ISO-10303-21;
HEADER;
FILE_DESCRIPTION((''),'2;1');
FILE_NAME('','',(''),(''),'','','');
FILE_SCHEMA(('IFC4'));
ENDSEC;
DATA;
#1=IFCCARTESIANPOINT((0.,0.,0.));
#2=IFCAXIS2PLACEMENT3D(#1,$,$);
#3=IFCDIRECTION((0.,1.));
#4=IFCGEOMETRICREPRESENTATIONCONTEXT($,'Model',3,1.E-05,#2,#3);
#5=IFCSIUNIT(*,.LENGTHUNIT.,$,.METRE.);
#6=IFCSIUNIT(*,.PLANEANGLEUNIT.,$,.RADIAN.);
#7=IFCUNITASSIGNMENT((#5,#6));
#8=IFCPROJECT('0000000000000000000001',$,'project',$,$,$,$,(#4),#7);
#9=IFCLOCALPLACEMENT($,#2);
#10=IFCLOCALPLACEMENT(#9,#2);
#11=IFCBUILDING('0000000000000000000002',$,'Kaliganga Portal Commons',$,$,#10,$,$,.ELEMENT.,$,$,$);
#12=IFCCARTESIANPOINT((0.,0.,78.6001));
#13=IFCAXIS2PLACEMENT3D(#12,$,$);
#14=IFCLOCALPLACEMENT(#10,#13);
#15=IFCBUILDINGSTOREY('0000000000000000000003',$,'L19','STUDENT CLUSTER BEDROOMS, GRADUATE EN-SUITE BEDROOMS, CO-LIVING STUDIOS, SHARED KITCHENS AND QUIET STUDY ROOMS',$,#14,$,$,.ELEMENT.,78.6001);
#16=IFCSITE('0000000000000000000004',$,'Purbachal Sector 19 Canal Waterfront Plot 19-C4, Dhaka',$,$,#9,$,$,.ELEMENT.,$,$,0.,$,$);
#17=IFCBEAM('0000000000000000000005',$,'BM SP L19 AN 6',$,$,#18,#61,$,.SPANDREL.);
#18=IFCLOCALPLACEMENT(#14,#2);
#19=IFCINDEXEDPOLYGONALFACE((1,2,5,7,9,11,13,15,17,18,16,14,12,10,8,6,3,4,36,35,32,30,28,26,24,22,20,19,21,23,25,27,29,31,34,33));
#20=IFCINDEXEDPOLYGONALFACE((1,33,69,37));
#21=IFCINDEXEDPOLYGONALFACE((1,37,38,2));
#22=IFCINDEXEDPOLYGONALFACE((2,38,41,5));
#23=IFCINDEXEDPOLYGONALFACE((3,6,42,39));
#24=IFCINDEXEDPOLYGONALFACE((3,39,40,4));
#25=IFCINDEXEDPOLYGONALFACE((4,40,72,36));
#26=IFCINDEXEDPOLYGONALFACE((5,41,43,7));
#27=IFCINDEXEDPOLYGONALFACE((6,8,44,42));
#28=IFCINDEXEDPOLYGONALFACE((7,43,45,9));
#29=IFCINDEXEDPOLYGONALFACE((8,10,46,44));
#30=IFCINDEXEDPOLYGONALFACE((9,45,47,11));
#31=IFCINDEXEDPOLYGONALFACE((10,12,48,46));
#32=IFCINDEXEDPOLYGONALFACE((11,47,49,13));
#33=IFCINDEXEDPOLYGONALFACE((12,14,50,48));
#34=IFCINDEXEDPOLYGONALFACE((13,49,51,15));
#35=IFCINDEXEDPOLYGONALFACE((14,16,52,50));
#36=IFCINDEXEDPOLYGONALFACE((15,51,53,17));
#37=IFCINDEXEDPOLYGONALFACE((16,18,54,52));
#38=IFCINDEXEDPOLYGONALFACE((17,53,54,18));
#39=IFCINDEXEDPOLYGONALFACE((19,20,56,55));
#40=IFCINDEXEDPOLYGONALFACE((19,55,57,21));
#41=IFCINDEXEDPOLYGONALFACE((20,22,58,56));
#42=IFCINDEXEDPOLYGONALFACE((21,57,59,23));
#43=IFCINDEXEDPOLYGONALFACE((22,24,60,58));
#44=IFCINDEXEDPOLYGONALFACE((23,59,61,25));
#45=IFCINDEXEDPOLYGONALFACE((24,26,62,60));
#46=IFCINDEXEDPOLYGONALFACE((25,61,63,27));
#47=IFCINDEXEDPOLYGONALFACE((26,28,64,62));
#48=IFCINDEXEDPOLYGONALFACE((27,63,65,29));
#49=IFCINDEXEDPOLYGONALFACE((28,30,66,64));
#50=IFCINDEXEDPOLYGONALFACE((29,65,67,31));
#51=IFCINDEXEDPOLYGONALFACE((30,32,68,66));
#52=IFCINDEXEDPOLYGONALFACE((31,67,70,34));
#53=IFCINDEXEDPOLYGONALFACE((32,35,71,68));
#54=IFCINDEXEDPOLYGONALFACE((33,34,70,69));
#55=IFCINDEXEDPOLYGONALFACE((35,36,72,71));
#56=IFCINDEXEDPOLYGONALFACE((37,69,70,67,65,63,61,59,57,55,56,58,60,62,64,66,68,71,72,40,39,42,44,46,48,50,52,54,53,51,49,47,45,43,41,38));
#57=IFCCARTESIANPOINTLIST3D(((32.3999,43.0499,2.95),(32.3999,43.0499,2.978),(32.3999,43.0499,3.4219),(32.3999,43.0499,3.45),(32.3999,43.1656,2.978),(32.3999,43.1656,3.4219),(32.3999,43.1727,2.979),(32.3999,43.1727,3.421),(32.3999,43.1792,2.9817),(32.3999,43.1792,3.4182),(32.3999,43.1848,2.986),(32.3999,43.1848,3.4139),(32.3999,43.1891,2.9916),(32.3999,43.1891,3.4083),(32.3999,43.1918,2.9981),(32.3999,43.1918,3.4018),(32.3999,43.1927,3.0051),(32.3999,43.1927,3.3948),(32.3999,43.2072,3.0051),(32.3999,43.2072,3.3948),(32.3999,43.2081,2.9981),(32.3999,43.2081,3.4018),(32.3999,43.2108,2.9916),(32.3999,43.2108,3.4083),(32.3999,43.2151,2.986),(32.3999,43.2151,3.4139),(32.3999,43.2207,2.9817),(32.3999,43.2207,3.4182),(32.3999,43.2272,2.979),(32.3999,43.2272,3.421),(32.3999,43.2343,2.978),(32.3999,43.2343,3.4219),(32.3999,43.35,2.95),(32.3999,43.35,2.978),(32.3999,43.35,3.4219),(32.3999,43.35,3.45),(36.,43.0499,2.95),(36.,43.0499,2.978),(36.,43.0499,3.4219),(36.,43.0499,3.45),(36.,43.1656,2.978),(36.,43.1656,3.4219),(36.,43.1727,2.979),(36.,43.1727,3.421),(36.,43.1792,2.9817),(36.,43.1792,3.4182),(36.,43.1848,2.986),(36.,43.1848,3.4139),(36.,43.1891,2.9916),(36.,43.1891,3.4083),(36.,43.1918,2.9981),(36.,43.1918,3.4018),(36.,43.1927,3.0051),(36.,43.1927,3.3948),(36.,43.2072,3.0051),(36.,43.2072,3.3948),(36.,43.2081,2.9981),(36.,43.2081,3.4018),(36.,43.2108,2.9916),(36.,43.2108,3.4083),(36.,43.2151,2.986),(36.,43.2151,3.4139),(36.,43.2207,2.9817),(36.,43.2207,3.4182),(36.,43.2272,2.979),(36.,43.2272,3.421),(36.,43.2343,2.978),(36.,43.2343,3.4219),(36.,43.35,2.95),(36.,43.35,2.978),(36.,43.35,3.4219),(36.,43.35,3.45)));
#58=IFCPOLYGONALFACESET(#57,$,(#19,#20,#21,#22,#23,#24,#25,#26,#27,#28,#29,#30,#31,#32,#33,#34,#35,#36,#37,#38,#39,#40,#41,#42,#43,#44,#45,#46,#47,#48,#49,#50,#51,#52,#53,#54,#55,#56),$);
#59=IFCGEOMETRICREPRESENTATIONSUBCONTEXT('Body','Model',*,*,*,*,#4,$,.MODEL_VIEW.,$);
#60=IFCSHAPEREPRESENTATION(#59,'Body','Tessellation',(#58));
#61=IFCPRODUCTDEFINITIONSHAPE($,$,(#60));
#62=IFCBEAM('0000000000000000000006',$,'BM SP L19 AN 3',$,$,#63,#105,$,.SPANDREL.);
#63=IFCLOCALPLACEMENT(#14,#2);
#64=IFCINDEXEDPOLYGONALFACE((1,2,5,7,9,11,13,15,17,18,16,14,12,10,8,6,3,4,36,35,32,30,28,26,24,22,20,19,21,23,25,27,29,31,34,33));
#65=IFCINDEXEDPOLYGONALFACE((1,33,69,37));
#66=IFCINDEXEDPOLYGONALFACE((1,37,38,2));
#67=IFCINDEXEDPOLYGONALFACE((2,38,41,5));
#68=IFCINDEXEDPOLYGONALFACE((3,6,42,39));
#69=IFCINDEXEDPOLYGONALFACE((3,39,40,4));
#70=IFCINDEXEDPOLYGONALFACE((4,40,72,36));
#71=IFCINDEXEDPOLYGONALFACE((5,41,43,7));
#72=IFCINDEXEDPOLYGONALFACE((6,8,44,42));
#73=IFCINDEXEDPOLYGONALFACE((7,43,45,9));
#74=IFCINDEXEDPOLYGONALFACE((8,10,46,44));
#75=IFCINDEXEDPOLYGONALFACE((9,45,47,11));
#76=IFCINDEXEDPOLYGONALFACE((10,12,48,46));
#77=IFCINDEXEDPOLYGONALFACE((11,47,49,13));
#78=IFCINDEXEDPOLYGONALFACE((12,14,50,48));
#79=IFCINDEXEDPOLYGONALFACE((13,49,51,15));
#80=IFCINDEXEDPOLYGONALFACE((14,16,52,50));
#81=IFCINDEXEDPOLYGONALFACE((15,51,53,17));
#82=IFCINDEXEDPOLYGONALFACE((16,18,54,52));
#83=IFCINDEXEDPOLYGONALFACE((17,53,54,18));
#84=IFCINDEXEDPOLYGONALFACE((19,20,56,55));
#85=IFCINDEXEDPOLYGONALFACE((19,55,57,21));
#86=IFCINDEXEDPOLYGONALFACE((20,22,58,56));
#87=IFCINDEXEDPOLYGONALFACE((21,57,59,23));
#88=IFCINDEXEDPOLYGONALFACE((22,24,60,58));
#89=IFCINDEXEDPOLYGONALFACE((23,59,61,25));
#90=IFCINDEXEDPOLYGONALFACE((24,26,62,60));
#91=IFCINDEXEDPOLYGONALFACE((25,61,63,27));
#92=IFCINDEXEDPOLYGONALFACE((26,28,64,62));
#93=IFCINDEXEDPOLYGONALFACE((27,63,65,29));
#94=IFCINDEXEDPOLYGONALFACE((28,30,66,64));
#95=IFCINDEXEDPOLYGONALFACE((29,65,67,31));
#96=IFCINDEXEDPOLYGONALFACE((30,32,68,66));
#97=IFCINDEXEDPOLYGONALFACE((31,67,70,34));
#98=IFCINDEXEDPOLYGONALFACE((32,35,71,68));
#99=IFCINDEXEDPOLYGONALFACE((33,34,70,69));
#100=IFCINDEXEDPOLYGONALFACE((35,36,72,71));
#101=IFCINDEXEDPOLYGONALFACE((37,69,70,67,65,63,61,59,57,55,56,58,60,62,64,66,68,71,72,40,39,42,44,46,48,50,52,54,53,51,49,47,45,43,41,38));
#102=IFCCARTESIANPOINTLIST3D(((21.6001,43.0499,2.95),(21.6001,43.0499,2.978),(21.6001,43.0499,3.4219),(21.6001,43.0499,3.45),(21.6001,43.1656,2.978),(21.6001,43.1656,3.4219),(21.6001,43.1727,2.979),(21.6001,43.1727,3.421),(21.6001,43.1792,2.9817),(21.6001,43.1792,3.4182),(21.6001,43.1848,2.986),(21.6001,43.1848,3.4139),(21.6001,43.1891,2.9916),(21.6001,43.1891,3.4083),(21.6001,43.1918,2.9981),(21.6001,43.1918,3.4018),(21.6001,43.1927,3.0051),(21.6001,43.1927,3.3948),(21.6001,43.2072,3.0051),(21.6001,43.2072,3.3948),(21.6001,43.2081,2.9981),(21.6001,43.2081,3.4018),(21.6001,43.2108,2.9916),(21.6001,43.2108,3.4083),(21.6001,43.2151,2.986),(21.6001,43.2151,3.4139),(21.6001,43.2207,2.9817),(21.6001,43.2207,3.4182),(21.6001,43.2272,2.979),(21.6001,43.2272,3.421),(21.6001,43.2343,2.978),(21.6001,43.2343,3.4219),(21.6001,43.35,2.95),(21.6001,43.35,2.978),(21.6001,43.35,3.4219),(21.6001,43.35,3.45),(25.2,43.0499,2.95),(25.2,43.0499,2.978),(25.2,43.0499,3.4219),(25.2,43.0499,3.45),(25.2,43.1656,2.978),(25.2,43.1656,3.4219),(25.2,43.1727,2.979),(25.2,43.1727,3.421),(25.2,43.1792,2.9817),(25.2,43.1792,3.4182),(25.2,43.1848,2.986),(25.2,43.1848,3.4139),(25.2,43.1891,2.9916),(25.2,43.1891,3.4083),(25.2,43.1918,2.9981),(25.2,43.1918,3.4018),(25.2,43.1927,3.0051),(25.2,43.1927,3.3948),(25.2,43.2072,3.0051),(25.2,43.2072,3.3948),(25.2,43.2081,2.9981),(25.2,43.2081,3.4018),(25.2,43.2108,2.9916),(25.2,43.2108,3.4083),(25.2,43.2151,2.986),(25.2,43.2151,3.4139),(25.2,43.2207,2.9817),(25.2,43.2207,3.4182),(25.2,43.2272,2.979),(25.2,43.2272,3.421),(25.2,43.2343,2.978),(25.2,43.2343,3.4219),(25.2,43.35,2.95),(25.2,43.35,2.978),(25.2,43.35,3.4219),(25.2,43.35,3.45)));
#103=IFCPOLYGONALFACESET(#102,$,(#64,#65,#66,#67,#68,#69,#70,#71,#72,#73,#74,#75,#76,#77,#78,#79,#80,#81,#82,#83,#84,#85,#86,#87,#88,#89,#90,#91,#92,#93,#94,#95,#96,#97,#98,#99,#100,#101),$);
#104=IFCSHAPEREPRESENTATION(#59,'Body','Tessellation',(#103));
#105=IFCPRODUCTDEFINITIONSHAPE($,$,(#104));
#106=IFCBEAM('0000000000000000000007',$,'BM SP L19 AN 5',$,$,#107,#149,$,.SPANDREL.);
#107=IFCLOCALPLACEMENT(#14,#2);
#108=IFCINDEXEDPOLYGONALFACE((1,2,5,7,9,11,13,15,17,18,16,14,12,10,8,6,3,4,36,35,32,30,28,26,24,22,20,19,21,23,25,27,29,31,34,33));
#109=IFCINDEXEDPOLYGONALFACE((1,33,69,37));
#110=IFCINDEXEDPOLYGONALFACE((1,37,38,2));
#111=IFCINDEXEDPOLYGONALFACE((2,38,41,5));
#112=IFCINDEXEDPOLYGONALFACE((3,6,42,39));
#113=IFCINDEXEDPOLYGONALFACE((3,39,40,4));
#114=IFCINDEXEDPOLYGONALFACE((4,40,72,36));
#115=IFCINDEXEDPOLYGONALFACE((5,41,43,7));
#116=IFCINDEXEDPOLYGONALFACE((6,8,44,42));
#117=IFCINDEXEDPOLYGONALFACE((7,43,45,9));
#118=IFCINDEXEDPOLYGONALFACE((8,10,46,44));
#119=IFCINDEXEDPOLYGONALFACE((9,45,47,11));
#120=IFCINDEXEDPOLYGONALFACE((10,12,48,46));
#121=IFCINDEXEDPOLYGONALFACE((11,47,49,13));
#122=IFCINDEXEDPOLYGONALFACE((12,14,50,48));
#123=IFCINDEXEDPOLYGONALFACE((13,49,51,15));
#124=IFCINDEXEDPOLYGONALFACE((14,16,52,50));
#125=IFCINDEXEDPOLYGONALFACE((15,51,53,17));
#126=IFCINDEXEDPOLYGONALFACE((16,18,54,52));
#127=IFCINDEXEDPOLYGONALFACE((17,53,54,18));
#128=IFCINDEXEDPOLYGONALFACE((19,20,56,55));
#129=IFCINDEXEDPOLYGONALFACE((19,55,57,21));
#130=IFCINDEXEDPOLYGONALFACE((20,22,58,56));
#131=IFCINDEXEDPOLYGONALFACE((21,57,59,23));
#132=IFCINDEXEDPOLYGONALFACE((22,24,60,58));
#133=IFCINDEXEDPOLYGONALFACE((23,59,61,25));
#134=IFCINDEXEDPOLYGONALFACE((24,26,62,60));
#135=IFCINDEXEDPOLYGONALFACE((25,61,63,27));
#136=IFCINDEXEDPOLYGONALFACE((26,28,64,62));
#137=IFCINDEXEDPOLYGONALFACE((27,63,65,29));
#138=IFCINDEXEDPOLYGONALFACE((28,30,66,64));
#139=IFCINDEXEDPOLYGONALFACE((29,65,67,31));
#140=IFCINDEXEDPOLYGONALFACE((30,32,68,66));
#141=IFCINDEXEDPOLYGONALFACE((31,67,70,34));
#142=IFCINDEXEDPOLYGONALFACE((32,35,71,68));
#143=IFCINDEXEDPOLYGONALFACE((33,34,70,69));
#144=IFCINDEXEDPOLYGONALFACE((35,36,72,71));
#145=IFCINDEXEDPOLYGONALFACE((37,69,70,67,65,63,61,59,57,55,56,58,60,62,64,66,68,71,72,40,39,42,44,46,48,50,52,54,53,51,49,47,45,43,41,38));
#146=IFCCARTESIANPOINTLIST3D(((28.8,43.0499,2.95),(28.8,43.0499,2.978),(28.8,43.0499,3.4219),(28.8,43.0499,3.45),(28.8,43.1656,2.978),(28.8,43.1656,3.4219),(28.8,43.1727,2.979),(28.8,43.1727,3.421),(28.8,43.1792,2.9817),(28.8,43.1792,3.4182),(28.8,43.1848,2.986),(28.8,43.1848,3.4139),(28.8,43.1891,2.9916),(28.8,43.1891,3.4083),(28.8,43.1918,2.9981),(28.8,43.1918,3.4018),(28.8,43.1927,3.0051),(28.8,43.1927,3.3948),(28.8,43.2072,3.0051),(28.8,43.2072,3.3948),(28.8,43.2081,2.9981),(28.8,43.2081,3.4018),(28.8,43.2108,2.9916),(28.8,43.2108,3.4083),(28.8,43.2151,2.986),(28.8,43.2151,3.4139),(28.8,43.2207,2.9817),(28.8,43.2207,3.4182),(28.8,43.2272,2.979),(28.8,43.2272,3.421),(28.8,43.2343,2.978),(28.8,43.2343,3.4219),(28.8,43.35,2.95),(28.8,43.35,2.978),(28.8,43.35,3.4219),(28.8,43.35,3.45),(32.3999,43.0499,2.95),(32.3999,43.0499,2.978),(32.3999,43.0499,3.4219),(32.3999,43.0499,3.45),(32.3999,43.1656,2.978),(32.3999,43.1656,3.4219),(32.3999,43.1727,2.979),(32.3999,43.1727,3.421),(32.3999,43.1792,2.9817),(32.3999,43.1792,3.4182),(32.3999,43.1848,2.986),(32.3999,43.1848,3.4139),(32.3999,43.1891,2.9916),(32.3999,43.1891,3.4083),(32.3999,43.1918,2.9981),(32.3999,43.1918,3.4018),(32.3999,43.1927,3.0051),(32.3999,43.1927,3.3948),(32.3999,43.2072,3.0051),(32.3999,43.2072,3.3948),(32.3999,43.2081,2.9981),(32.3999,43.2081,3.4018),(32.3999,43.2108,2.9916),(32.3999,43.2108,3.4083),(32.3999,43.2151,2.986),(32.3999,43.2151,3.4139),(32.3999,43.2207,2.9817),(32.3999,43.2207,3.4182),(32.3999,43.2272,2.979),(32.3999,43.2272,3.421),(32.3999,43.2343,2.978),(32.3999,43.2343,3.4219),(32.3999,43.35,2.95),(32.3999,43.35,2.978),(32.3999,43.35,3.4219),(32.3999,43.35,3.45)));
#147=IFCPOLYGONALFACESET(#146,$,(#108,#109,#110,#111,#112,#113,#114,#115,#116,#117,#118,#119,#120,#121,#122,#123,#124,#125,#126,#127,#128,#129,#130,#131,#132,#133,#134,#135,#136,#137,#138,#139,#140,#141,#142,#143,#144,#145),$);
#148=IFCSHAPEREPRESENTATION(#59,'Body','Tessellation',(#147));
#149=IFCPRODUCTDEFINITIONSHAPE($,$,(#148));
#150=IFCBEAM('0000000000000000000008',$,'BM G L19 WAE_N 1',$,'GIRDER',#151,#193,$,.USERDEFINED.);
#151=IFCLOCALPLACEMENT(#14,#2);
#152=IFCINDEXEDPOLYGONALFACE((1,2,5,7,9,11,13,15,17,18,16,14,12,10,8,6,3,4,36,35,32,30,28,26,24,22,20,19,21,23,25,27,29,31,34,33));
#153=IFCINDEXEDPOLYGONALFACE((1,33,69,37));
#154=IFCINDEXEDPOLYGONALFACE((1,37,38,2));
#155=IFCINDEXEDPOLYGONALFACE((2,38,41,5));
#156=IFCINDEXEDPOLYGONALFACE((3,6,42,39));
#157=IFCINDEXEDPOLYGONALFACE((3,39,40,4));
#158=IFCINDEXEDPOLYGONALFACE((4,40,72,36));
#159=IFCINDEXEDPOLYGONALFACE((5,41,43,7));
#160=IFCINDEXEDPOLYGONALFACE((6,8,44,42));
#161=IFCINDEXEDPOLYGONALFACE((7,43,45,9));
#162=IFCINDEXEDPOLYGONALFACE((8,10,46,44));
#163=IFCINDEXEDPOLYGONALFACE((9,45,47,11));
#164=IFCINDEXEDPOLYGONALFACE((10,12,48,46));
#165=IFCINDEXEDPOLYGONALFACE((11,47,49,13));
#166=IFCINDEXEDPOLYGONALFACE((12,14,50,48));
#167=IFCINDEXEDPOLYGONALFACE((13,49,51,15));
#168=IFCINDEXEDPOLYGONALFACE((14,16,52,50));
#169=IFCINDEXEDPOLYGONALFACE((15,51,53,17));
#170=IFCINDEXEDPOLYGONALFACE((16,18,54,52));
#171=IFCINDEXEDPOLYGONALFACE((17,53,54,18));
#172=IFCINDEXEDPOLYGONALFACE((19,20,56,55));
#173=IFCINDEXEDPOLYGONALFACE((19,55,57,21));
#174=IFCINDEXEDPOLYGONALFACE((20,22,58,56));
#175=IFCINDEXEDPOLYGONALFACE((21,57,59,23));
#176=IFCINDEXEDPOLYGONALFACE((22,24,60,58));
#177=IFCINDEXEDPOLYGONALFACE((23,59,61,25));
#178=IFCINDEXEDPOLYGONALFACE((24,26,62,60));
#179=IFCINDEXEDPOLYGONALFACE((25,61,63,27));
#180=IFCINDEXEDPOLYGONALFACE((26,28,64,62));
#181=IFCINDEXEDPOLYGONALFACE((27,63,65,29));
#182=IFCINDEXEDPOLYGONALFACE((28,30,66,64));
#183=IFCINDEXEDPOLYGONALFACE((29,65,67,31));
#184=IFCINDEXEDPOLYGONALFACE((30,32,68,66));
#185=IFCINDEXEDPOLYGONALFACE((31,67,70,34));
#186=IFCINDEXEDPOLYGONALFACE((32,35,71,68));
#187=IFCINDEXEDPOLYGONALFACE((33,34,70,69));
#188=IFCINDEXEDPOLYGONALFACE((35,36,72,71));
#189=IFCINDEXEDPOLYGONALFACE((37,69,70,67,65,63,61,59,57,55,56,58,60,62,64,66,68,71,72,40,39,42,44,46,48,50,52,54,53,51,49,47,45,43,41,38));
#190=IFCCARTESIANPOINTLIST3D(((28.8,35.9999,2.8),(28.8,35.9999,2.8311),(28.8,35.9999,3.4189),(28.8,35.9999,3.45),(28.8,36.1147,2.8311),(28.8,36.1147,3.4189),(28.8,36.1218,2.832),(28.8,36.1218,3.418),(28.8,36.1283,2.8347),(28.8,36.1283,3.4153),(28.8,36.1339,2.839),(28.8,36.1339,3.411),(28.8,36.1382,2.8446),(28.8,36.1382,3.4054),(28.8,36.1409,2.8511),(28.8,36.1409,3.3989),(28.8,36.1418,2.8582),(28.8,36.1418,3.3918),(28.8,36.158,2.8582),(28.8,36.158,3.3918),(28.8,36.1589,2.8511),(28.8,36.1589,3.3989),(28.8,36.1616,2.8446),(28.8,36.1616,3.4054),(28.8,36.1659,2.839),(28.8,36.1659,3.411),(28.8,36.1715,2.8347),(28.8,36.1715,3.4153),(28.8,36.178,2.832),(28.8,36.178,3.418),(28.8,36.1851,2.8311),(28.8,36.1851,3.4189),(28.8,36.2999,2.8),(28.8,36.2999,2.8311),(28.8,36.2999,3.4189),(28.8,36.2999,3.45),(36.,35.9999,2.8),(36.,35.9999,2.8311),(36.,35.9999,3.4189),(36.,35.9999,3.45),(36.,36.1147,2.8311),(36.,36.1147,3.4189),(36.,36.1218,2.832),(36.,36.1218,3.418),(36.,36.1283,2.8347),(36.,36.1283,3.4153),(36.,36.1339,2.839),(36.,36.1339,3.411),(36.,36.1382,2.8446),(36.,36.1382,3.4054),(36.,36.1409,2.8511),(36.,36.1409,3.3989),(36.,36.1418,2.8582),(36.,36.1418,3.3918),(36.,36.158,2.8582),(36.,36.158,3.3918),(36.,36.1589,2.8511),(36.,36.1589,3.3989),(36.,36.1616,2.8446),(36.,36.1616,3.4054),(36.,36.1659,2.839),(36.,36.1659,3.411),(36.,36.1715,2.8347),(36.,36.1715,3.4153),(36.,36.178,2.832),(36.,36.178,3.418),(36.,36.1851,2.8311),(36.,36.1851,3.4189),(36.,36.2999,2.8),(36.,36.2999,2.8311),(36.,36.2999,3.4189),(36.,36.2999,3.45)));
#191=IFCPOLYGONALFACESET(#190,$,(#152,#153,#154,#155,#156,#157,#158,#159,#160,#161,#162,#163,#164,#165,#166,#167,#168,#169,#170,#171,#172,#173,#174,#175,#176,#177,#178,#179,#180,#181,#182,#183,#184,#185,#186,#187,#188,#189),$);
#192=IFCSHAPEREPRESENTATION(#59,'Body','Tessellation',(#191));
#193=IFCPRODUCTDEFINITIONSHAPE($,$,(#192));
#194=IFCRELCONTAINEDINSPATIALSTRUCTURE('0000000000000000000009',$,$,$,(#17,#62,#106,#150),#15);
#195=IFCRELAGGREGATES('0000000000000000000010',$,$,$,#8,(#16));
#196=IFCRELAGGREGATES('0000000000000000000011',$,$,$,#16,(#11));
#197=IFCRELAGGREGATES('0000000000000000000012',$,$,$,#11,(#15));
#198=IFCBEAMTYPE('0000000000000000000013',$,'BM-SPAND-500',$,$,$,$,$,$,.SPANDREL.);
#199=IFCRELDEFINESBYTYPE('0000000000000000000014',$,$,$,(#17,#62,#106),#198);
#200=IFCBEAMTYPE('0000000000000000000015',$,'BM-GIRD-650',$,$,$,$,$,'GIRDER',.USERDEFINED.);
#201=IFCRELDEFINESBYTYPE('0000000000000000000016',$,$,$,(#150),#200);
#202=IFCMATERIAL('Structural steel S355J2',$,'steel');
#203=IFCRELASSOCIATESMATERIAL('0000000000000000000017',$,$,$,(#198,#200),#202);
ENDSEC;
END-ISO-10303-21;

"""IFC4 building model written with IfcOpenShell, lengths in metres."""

from ifc_helpers import new_model, si_unit, direction, frame, origin, origin_2d, place, context, subcontext, project, spatial, i_section, extrude, source, transform, mapped, material, material_profile, profile_set, type_object, element, save


model = new_model("IFC4")

# Units and contexts
model_context = context("Model", 3, precision=1e-05, world=origin(), true_north=direction((0.0, 1.0)))
body_context = subcontext(model_context, "Body", "Model", "MODEL_VIEW")
ifc_project = project(units=[si_unit("LENGTHUNIT", "METRE"), si_unit("PLANEANGLEUNIT", "RADIAN")], contexts=[model_context])

# Site, building, storey
site_placement = place(None, origin())
site = spatial("IfcSite", under=ifc_project, at=site_placement, Name="Purbachal Sector 19 Canal Waterfront Plot 19-C4, Dhaka", CompositionType="ELEMENT", RefElevation=0.0)
building_placement = place(site_placement, origin())
building = spatial("IfcBuilding", under=site, at=building_placement, Name="Kaliganga Portal Commons", CompositionType="ELEMENT")
storey_placement = place(building_placement, frame((0.0, 0.0, 78.6001)))
storey = spatial("IfcBuildingStorey", under=building, at=storey_placement, Name="L19", Description="STUDENT CLUSTER BEDROOMS, GRADUATE EN-SUITE BEDROOMS, CO-LIVING STUDIOS, SHARED KITCHENS AND QUIET STUDY ROOMS", CompositionType="ELEMENT", Elevation=78.6001)

# Beams
ifc_material_1 = material(Name="Structural steel S355J2", Category="steel")
ifc_material_profile_1 = material_profile(ifc_material_1, i_section(OverallWidth=0.3, OverallDepth=0.5, WebThickness=0.0144, FlangeThickness=0.0281, FilletRadius=0.0271, at=origin_2d()), Name="HE 500 B")
ifc_profile_set_1 = profile_set([ifc_material_profile_1], Name="Structural steel S355J2 wide-flange")
beam_type_1 = type_object("IfcBeamType", Name="BM-SPAND-500", PredefinedType="SPANDREL", material=ifc_profile_set_1)
shared_shape_1 = source(origin(), body_context, "Body", "SweptSolid", [
    extrude(i_section(OverallWidth=0.3, OverallDepth=0.5, WebThickness=0.0144, FlangeThickness=0.0281, FilletRadius=0.0271, at=origin_2d()), origin(), (0.0, 0.0, 1.0), 3.6001),
])
for number, where, z_axis, x_axis, name in (
    (1, (32.3999, 43.2, 3.2), (1.0, 0.0, 0.0), (0.0, 1.0, 0.0), "BM SP L19 AN 6"),
):
    element("IfcBeam", number, at=place(storey_placement, frame(where, z_axis=z_axis, x_axis=x_axis)), inside=storey, type_object=beam_type_1, Name=name, PredefinedType="SPANDREL", context=body_context, shape_type="MappedRepresentation", body=[
        mapped(shared_shape_1, transform((0.0, 0.0, 0.0), x_axis=(1.0, 0.0, 0.0), y_axis=(0.0, 1.0, 0.0), z_axis=(0.0, 0.0, 1.0), scale=1.0)),
    ])
shared_shape_2 = source(origin(), body_context, "Body", "SweptSolid", [
    extrude(i_section(OverallWidth=0.3, OverallDepth=0.5, WebThickness=0.0144, FlangeThickness=0.0281, FilletRadius=0.0271, at=origin_2d()), origin(), (0.0, 0.0, 1.0), 3.5999),
])
for number, where, z_axis, x_axis, name in (
    (2, (21.6001, 43.2, 3.2), (1.0, 0.0, 0.0), (0.0, 1.0, 0.0), "BM SP L19 AN 3"),
    (3, (28.8, 43.2, 3.2), (1.0, 0.0, 0.0), (0.0, 1.0, 0.0), "BM SP L19 AN 5"),
):
    element("IfcBeam", number, at=place(storey_placement, frame(where, z_axis=z_axis, x_axis=x_axis)), inside=storey, type_object=beam_type_1, Name=name, PredefinedType="SPANDREL", context=body_context, shape_type="MappedRepresentation", body=[
        mapped(shared_shape_2, transform((0.0, 0.0, 0.0), x_axis=(1.0, 0.0, 0.0), y_axis=(0.0, 1.0, 0.0), z_axis=(0.0, 0.0, 1.0), scale=1.0)),
    ])
ifc_material_profile_2 = material_profile(ifc_material_1, i_section(OverallWidth=0.3, OverallDepth=0.6499, WebThickness=0.0161, FlangeThickness=0.031, FilletRadius=0.0271, at=origin_2d()), Name="HE 650 B")
ifc_profile_set_2 = profile_set([ifc_material_profile_2], Name="Structural steel S355J2 wide-flange")
beam_type_2 = type_object("IfcBeamType", Name="BM-GIRD-650", ElementType="GIRDER", PredefinedType="USERDEFINED", material=ifc_profile_set_2)
shared_shape_3 = source(origin(), body_context, "Body", "SweptSolid", [
    extrude(i_section(OverallWidth=0.3, OverallDepth=0.6499, WebThickness=0.0161, FlangeThickness=0.031, FilletRadius=0.0271, at=origin_2d()), origin(), (0.0, 0.0, 1.0), 7.2),
])
beam_1_placement = place(storey_placement, frame((28.8, 36.1499, 3.125), z_axis=(1.0, 0.0, 0.0), x_axis=(0.0, 1.0, 0.0)))
element("IfcBeam", 4, at=beam_1_placement, inside=storey, type_object=beam_type_2, Name="BM G L19 WAE_N 1", ObjectType="GIRDER", PredefinedType="USERDEFINED", context=body_context, shape_type="MappedRepresentation", body=[
    mapped(shared_shape_3, transform((0.0, 0.0, 0.0), x_axis=(1.0, 0.0, 0.0), y_axis=(0.0, 1.0, 0.0), z_axis=(0.0, 0.0, 1.0), scale=1.0)),
])

save(model, "model.ifc")
